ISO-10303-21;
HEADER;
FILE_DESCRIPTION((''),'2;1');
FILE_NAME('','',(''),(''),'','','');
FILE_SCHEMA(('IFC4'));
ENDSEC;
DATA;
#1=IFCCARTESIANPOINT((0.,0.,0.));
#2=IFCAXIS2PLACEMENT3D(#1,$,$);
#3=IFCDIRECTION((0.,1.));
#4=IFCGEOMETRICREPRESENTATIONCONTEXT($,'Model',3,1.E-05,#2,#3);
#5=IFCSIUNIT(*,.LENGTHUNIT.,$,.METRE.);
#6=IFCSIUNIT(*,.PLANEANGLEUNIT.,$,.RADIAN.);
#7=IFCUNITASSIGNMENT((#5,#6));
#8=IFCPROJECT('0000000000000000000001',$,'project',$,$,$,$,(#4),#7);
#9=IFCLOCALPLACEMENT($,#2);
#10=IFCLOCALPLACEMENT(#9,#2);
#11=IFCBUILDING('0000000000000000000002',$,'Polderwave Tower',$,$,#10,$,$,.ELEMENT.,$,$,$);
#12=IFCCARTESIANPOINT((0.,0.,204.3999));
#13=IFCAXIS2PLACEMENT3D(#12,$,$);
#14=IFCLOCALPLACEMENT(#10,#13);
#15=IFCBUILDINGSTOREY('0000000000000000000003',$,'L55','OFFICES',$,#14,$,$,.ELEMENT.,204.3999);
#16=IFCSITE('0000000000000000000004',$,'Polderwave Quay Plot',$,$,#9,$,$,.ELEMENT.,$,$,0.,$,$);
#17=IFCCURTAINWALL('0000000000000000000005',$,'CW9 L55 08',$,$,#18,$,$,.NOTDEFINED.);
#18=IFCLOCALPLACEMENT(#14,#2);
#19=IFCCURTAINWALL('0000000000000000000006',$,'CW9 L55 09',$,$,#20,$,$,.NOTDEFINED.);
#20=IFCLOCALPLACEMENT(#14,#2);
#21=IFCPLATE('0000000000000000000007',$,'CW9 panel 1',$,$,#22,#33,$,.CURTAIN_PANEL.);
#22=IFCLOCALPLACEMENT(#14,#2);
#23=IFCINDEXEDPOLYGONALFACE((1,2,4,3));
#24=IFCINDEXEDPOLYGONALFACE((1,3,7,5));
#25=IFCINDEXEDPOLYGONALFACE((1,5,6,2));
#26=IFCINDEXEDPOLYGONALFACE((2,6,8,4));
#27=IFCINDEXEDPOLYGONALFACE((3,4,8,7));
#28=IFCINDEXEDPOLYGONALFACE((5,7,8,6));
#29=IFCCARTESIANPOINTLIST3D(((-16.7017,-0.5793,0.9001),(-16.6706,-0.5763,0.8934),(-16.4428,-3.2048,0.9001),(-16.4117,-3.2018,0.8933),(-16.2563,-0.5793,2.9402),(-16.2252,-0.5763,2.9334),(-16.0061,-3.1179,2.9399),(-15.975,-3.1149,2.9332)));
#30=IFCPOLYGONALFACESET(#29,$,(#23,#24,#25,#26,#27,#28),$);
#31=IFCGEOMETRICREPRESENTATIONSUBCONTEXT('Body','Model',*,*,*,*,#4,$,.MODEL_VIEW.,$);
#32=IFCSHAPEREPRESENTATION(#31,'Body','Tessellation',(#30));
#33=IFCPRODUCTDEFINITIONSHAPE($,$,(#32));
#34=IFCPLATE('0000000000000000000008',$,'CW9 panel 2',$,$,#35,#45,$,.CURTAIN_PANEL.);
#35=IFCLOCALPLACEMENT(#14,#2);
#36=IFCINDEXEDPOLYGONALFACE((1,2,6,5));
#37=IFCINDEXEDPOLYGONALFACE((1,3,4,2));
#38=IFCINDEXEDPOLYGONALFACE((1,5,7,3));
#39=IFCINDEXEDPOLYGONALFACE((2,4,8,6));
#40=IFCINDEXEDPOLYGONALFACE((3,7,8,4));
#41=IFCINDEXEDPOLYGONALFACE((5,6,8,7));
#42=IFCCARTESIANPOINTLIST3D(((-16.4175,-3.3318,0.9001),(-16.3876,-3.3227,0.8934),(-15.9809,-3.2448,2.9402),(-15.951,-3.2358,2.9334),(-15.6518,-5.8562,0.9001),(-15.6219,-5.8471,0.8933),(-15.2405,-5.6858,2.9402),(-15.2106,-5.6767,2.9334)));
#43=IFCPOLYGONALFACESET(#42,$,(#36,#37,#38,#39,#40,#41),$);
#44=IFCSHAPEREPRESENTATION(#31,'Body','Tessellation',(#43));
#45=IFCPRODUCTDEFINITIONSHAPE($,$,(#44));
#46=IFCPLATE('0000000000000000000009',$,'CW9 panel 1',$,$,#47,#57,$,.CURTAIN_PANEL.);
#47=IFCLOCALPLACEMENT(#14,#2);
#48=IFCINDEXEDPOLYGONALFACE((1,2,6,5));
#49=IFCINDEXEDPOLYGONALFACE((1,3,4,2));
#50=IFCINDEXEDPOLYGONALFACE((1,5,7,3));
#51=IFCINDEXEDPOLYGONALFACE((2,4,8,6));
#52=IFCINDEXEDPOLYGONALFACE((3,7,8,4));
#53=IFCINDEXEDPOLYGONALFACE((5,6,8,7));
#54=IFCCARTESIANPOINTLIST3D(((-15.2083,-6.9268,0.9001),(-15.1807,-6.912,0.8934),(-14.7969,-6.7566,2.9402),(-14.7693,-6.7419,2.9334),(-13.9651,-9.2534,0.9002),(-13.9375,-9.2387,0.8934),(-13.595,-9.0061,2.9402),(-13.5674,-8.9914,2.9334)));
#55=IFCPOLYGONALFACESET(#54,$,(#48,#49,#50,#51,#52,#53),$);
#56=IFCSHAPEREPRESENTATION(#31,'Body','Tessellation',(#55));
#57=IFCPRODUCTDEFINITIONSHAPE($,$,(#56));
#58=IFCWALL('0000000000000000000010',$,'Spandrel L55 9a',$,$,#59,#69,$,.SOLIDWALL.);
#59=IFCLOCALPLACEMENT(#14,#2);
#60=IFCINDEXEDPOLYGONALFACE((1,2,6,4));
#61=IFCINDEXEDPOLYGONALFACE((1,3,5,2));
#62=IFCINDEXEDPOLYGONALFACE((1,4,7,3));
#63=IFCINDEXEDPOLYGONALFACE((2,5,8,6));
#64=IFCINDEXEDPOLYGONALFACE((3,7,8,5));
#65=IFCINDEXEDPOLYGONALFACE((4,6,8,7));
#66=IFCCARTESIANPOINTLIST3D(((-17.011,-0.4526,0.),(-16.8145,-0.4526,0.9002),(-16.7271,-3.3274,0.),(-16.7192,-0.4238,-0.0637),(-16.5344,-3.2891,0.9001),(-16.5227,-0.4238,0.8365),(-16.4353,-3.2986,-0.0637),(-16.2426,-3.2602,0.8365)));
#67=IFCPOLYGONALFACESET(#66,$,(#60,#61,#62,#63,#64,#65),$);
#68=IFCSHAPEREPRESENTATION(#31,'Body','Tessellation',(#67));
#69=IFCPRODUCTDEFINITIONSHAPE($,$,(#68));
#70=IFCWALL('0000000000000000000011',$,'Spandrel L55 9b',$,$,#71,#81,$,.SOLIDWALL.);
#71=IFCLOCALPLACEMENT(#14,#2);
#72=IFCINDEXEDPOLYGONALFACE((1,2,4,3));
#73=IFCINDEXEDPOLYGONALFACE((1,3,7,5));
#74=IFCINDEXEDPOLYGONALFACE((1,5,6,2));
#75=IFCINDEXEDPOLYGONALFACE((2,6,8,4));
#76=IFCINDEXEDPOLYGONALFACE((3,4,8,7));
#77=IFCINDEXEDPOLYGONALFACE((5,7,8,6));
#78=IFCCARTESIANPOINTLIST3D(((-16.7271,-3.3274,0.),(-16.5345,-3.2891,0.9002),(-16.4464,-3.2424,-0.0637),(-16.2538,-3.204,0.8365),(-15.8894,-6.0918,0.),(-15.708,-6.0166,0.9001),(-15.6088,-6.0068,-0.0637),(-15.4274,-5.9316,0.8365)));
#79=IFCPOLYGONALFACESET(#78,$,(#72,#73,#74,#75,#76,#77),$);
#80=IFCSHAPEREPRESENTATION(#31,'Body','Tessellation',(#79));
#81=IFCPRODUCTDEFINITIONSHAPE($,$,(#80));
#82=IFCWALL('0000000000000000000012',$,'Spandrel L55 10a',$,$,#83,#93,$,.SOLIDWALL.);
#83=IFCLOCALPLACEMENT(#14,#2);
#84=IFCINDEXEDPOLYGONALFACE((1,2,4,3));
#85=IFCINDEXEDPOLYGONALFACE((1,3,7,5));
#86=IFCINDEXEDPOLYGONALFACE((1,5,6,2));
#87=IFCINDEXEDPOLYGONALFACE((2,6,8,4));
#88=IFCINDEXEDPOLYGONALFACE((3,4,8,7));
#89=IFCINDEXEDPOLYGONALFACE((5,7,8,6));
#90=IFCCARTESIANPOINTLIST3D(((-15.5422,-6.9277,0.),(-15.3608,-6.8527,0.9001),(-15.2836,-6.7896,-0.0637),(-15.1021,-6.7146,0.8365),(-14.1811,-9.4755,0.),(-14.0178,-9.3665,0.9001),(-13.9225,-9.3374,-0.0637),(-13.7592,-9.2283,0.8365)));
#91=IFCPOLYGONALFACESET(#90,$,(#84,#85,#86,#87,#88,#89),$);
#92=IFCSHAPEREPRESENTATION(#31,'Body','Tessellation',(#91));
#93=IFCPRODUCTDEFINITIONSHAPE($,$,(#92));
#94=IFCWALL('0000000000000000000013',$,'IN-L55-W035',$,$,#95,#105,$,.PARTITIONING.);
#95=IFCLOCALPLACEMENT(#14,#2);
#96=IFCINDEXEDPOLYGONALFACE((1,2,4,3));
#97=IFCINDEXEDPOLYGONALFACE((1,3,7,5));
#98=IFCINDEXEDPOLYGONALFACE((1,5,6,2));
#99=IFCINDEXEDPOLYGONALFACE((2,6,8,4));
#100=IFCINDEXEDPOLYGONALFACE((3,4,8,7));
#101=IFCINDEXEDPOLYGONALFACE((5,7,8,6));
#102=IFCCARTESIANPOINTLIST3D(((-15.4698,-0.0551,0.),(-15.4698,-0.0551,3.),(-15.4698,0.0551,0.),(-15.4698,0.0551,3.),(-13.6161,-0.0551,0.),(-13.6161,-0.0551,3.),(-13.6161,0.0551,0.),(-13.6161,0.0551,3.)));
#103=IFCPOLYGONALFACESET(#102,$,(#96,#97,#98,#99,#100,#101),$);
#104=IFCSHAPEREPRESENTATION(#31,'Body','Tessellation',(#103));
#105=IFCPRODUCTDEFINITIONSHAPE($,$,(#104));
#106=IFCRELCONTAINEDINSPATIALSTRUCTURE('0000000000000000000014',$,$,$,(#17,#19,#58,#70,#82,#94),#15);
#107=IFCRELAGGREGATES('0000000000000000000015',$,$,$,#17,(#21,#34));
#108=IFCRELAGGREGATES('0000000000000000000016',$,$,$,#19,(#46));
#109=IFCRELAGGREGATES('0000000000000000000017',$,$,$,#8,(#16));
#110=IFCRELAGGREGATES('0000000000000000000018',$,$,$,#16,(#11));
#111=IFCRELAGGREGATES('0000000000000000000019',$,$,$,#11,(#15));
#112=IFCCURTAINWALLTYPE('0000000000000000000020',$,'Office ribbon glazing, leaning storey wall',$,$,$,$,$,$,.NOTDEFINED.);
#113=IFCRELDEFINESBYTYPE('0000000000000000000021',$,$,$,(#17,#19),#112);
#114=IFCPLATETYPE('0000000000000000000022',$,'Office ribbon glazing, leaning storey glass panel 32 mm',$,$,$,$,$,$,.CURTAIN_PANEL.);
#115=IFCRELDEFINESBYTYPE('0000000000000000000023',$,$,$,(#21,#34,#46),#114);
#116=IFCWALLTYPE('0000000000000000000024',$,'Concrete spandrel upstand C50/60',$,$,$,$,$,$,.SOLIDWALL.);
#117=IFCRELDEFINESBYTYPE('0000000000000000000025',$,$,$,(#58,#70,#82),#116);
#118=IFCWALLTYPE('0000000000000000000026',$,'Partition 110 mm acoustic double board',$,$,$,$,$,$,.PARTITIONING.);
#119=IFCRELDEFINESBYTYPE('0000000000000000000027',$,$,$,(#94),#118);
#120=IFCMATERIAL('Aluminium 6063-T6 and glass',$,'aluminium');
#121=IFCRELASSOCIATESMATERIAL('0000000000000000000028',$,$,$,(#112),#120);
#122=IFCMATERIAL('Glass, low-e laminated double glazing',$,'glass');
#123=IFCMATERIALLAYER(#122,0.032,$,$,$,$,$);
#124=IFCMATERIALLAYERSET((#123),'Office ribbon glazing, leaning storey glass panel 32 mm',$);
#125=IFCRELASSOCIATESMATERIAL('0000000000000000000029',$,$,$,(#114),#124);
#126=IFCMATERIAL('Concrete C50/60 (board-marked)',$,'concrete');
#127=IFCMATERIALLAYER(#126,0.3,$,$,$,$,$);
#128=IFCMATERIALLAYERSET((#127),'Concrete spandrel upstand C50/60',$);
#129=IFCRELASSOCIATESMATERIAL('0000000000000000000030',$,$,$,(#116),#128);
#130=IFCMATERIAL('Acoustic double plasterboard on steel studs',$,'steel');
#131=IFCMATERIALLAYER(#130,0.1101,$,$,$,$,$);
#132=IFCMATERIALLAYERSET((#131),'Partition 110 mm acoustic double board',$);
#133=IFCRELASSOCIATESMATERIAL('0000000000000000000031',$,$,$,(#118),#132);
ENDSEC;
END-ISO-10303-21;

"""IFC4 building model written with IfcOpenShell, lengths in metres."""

from ifc_helpers import new_model, si_unit, direction, frame, frame_2d, origin, place, context, subcontext, project, spatial, polyline, rectangle, outline, extrude, material, layer, layer_set, type_object, element, aggregate, save


model = new_model("IFC4")

# Units and contexts
model_context = context("Model", 3, precision=1e-05, world=origin(), true_north=direction((0.0, 1.0)))
body_context = subcontext(model_context, "Body", "Model", "MODEL_VIEW")
ifc_project = project(units=[si_unit("LENGTHUNIT", "METRE"), si_unit("PLANEANGLEUNIT", "RADIAN")], contexts=[model_context])

# Site, building, storey
site_placement = place(None, origin())
site = spatial("IfcSite", under=ifc_project, at=site_placement, Name="Polderwave Quay Plot", CompositionType="ELEMENT", RefElevation=0.0)
building_placement = place(site_placement, origin())
building = spatial("IfcBuilding", under=site, at=building_placement, Name="Polderwave Tower", CompositionType="ELEMENT")
storey_placement = place(building_placement, frame((0.0, 0.0, 204.3999)))
storey = spatial("IfcBuildingStorey", under=building, at=storey_placement, Name="L55", Description="OFFICES", CompositionType="ELEMENT", Elevation=204.3999)

# Curtain wall
ifc_material_1 = material(Name="Aluminium 6063-T6 and glass", Category="aluminium")
curtain_wall_type = type_object("IfcCurtainWallType", Name="Office ribbon glazing, leaning storey wall", PredefinedType="NOTDEFINED", material=ifc_material_1)
curtain_wall_1_placement = place(storey_placement, origin())
curtain_wall_1 = element("IfcCurtainWall", 1, at=curtain_wall_1_placement, inside=storey, type_object=curtain_wall_type, Name="CW9 L55 08", PredefinedType="NOTDEFINED")

# Curtain wall
curtain_wall_2_placement = place(storey_placement, origin())
curtain_wall_2 = element("IfcCurtainWall", 2, at=curtain_wall_2_placement, inside=storey, type_object=curtain_wall_type, Name="CW9 L55 09", PredefinedType="NOTDEFINED")

# Plates
ifc_material_2 = material(Name="Glass, low-e laminated double glazing", Category="glass")
ifc_layer_1 = layer(ifc_material_2, 0.032)
ifc_layer_set_1 = layer_set([ifc_layer_1], Name="Office ribbon glazing, leaning storey glass panel 32 mm")
plate_type = type_object("IfcPlateType", Name="Office ribbon glazing, leaning storey glass panel 32 mm", PredefinedType="CURTAIN_PANEL", material=ifc_layer_set_1)
plate_1_placement = place(storey_placement, frame((-16.7017, -0.5793, 0.9001), z_axis=(-0.97249, -0.095871, 0.2123), x_axis=(0.098106, -0.995176, -0.000003)))
plate_1 = element("IfcPlate", 3, at=plate_1_placement, type_object=plate_type, Name="CW9 panel 1", PredefinedType="CURTAIN_PANEL", context=body_context, shape_type="SweptSolid", body=[
    extrude(outline(polyline([(0.0, 0.0), (2.6382, 0.0), (2.5946, 2.0874), (0.0437, 2.0876), (0.0, 0.0)])), origin(), (0.0, 0.0, -1.0), 0.032),
])
plate_2_placement = place(storey_placement, frame((-16.4175, -3.3318, 0.9001), z_axis=(-0.935148, -0.283653, 0.212227), x_axis=(0.290263, -0.956947, -0.000007)))
plate_2 = element("IfcPlate", 4, at=plate_2_placement, type_object=plate_type, Name="CW9 panel 2", PredefinedType="CURTAIN_PANEL", context=body_context, shape_type="SweptSolid", body=[
    extrude(outline(polyline([(0.0, 0.0), (2.638, 0.0), (2.5943, 2.0876), (0.0435, 2.0876), (0.0, 0.0)])), origin(), (0.0, 0.0, -1.0), 0.032),
])
aggregate(curtain_wall_1, [plate_1, plate_2])
plate_3_placement = place(storey_placement, frame((-15.2083, -6.9268, 0.9001), z_axis=(-0.861909, -0.460522, 0.21221), x_axis=(0.471255, -0.881997, 0.000001)))
plate_3 = element("IfcPlate", 5, at=plate_3_placement, type_object=plate_type, Name="CW9 panel 1", PredefinedType="CURTAIN_PANEL", context=body_context, shape_type="SweptSolid", body=[
    extrude(outline(polyline([(0.0, 0.0), (2.638, 0.0), (2.5942, 2.0876), (0.0438, 2.0876), (0.0, 0.0)])), origin(), (0.0, 0.0, -1.0), 0.032),
])
aggregate(curtain_wall_2, [plate_3])

# Walls
ifc_material_3 = material(Name="Concrete C50/60 (board-marked)", Category="concrete")
ifc_layer_2 = layer(ifc_material_3, 0.3)
ifc_layer_set_2 = layer_set([ifc_layer_2], Name="Concrete spandrel upstand C50/60")
wall_type_1 = type_object("IfcWallType", Name="Concrete spandrel upstand C50/60", PredefinedType="SOLIDWALL", material=ifc_layer_set_2)
wall_1_placement = place(storey_placement, frame((-17.011, -0.4526, 0.0), z_axis=(-0.972483, -0.09603, 0.212261), x_axis=(0.09827, -0.99516, 0.000004)))
element("IfcWall", 6, at=wall_1_placement, inside=storey, type_object=wall_type_1, Name="Spandrel L55 9a", PredefinedType="SOLIDWALL", context=body_context, shape_type="SweptSolid", body=[
    extrude(outline(polyline([(0.0, 0.0), (2.8887, 0.0), (2.8695, 0.9211), (0.0193, 0.9211), (0.0, 0.0)])), origin(), (0.0, 0.0, -1.0), 0.3),
])
wall_2_placement = place(storey_placement, frame((-16.7271, -3.3274, 0.0), z_axis=(-0.935243, -0.283379, 0.212173), x_axis=(0.289982, -0.957032, 0.000002)))
element("IfcWall", 7, at=wall_2_placement, inside=storey, type_object=wall_type_1, Name="Spandrel L55 9b", PredefinedType="SOLIDWALL", context=body_context, shape_type="SweptSolid", body=[
    extrude(outline(polyline([(0.0, 0.0), (2.8885, 0.0), (2.8692, 0.9211), (0.0192, 0.9211), (0.0, 0.0)])), origin(), (0.0, 0.0, -1.0), 0.3),
])
wall_3_placement = place(storey_placement, frame((-15.5422, -6.9277, 0.0), z_axis=(-0.861944, -0.460491, 0.212134), x_axis=(0.471214, -0.882019, -0.000006)))
element("IfcWall", 8, at=wall_3_placement, inside=storey, type_object=wall_type_1, Name="Spandrel L55 10a", PredefinedType="SOLIDWALL", context=body_context, shape_type="SweptSolid", body=[
    extrude(outline(polyline([(0.0, 0.0), (2.8886, 0.0), (2.8693, 0.9211), (0.0194, 0.9211), (0.0, 0.0)])), origin(), (0.0, 0.0, -1.0), 0.3),
])
ifc_material_4 = material(Name="Acoustic double plasterboard on steel studs", Category="steel")
ifc_layer_3 = layer(ifc_material_4, 0.1101)
ifc_layer_set_3 = layer_set([ifc_layer_3], Name="Partition 110 mm acoustic double board")
wall_type_2 = type_object("IfcWallType", Name="Partition 110 mm acoustic double board", PredefinedType="PARTITIONING", material=ifc_layer_set_3)
wall_4_placement = place(storey_placement, frame((-13.6162, 0.0, 0.0), z_axis=(0.0, 0.0, 1.0), x_axis=(-1.0, 0.0, 0.0)))
element("IfcWall", 9, at=wall_4_placement, inside=storey, type_object=wall_type_2, Name="IN-L55-W035", PredefinedType="PARTITIONING", context=body_context, shape_type="SweptSolid", body=[
    extrude(rectangle(XDim=1.8538, YDim=0.1101, at=frame_2d((0.9268, 0.0))), origin(), (0.0, 0.0, 1.0), 3.0),
])

save(model, "model.ifc")
